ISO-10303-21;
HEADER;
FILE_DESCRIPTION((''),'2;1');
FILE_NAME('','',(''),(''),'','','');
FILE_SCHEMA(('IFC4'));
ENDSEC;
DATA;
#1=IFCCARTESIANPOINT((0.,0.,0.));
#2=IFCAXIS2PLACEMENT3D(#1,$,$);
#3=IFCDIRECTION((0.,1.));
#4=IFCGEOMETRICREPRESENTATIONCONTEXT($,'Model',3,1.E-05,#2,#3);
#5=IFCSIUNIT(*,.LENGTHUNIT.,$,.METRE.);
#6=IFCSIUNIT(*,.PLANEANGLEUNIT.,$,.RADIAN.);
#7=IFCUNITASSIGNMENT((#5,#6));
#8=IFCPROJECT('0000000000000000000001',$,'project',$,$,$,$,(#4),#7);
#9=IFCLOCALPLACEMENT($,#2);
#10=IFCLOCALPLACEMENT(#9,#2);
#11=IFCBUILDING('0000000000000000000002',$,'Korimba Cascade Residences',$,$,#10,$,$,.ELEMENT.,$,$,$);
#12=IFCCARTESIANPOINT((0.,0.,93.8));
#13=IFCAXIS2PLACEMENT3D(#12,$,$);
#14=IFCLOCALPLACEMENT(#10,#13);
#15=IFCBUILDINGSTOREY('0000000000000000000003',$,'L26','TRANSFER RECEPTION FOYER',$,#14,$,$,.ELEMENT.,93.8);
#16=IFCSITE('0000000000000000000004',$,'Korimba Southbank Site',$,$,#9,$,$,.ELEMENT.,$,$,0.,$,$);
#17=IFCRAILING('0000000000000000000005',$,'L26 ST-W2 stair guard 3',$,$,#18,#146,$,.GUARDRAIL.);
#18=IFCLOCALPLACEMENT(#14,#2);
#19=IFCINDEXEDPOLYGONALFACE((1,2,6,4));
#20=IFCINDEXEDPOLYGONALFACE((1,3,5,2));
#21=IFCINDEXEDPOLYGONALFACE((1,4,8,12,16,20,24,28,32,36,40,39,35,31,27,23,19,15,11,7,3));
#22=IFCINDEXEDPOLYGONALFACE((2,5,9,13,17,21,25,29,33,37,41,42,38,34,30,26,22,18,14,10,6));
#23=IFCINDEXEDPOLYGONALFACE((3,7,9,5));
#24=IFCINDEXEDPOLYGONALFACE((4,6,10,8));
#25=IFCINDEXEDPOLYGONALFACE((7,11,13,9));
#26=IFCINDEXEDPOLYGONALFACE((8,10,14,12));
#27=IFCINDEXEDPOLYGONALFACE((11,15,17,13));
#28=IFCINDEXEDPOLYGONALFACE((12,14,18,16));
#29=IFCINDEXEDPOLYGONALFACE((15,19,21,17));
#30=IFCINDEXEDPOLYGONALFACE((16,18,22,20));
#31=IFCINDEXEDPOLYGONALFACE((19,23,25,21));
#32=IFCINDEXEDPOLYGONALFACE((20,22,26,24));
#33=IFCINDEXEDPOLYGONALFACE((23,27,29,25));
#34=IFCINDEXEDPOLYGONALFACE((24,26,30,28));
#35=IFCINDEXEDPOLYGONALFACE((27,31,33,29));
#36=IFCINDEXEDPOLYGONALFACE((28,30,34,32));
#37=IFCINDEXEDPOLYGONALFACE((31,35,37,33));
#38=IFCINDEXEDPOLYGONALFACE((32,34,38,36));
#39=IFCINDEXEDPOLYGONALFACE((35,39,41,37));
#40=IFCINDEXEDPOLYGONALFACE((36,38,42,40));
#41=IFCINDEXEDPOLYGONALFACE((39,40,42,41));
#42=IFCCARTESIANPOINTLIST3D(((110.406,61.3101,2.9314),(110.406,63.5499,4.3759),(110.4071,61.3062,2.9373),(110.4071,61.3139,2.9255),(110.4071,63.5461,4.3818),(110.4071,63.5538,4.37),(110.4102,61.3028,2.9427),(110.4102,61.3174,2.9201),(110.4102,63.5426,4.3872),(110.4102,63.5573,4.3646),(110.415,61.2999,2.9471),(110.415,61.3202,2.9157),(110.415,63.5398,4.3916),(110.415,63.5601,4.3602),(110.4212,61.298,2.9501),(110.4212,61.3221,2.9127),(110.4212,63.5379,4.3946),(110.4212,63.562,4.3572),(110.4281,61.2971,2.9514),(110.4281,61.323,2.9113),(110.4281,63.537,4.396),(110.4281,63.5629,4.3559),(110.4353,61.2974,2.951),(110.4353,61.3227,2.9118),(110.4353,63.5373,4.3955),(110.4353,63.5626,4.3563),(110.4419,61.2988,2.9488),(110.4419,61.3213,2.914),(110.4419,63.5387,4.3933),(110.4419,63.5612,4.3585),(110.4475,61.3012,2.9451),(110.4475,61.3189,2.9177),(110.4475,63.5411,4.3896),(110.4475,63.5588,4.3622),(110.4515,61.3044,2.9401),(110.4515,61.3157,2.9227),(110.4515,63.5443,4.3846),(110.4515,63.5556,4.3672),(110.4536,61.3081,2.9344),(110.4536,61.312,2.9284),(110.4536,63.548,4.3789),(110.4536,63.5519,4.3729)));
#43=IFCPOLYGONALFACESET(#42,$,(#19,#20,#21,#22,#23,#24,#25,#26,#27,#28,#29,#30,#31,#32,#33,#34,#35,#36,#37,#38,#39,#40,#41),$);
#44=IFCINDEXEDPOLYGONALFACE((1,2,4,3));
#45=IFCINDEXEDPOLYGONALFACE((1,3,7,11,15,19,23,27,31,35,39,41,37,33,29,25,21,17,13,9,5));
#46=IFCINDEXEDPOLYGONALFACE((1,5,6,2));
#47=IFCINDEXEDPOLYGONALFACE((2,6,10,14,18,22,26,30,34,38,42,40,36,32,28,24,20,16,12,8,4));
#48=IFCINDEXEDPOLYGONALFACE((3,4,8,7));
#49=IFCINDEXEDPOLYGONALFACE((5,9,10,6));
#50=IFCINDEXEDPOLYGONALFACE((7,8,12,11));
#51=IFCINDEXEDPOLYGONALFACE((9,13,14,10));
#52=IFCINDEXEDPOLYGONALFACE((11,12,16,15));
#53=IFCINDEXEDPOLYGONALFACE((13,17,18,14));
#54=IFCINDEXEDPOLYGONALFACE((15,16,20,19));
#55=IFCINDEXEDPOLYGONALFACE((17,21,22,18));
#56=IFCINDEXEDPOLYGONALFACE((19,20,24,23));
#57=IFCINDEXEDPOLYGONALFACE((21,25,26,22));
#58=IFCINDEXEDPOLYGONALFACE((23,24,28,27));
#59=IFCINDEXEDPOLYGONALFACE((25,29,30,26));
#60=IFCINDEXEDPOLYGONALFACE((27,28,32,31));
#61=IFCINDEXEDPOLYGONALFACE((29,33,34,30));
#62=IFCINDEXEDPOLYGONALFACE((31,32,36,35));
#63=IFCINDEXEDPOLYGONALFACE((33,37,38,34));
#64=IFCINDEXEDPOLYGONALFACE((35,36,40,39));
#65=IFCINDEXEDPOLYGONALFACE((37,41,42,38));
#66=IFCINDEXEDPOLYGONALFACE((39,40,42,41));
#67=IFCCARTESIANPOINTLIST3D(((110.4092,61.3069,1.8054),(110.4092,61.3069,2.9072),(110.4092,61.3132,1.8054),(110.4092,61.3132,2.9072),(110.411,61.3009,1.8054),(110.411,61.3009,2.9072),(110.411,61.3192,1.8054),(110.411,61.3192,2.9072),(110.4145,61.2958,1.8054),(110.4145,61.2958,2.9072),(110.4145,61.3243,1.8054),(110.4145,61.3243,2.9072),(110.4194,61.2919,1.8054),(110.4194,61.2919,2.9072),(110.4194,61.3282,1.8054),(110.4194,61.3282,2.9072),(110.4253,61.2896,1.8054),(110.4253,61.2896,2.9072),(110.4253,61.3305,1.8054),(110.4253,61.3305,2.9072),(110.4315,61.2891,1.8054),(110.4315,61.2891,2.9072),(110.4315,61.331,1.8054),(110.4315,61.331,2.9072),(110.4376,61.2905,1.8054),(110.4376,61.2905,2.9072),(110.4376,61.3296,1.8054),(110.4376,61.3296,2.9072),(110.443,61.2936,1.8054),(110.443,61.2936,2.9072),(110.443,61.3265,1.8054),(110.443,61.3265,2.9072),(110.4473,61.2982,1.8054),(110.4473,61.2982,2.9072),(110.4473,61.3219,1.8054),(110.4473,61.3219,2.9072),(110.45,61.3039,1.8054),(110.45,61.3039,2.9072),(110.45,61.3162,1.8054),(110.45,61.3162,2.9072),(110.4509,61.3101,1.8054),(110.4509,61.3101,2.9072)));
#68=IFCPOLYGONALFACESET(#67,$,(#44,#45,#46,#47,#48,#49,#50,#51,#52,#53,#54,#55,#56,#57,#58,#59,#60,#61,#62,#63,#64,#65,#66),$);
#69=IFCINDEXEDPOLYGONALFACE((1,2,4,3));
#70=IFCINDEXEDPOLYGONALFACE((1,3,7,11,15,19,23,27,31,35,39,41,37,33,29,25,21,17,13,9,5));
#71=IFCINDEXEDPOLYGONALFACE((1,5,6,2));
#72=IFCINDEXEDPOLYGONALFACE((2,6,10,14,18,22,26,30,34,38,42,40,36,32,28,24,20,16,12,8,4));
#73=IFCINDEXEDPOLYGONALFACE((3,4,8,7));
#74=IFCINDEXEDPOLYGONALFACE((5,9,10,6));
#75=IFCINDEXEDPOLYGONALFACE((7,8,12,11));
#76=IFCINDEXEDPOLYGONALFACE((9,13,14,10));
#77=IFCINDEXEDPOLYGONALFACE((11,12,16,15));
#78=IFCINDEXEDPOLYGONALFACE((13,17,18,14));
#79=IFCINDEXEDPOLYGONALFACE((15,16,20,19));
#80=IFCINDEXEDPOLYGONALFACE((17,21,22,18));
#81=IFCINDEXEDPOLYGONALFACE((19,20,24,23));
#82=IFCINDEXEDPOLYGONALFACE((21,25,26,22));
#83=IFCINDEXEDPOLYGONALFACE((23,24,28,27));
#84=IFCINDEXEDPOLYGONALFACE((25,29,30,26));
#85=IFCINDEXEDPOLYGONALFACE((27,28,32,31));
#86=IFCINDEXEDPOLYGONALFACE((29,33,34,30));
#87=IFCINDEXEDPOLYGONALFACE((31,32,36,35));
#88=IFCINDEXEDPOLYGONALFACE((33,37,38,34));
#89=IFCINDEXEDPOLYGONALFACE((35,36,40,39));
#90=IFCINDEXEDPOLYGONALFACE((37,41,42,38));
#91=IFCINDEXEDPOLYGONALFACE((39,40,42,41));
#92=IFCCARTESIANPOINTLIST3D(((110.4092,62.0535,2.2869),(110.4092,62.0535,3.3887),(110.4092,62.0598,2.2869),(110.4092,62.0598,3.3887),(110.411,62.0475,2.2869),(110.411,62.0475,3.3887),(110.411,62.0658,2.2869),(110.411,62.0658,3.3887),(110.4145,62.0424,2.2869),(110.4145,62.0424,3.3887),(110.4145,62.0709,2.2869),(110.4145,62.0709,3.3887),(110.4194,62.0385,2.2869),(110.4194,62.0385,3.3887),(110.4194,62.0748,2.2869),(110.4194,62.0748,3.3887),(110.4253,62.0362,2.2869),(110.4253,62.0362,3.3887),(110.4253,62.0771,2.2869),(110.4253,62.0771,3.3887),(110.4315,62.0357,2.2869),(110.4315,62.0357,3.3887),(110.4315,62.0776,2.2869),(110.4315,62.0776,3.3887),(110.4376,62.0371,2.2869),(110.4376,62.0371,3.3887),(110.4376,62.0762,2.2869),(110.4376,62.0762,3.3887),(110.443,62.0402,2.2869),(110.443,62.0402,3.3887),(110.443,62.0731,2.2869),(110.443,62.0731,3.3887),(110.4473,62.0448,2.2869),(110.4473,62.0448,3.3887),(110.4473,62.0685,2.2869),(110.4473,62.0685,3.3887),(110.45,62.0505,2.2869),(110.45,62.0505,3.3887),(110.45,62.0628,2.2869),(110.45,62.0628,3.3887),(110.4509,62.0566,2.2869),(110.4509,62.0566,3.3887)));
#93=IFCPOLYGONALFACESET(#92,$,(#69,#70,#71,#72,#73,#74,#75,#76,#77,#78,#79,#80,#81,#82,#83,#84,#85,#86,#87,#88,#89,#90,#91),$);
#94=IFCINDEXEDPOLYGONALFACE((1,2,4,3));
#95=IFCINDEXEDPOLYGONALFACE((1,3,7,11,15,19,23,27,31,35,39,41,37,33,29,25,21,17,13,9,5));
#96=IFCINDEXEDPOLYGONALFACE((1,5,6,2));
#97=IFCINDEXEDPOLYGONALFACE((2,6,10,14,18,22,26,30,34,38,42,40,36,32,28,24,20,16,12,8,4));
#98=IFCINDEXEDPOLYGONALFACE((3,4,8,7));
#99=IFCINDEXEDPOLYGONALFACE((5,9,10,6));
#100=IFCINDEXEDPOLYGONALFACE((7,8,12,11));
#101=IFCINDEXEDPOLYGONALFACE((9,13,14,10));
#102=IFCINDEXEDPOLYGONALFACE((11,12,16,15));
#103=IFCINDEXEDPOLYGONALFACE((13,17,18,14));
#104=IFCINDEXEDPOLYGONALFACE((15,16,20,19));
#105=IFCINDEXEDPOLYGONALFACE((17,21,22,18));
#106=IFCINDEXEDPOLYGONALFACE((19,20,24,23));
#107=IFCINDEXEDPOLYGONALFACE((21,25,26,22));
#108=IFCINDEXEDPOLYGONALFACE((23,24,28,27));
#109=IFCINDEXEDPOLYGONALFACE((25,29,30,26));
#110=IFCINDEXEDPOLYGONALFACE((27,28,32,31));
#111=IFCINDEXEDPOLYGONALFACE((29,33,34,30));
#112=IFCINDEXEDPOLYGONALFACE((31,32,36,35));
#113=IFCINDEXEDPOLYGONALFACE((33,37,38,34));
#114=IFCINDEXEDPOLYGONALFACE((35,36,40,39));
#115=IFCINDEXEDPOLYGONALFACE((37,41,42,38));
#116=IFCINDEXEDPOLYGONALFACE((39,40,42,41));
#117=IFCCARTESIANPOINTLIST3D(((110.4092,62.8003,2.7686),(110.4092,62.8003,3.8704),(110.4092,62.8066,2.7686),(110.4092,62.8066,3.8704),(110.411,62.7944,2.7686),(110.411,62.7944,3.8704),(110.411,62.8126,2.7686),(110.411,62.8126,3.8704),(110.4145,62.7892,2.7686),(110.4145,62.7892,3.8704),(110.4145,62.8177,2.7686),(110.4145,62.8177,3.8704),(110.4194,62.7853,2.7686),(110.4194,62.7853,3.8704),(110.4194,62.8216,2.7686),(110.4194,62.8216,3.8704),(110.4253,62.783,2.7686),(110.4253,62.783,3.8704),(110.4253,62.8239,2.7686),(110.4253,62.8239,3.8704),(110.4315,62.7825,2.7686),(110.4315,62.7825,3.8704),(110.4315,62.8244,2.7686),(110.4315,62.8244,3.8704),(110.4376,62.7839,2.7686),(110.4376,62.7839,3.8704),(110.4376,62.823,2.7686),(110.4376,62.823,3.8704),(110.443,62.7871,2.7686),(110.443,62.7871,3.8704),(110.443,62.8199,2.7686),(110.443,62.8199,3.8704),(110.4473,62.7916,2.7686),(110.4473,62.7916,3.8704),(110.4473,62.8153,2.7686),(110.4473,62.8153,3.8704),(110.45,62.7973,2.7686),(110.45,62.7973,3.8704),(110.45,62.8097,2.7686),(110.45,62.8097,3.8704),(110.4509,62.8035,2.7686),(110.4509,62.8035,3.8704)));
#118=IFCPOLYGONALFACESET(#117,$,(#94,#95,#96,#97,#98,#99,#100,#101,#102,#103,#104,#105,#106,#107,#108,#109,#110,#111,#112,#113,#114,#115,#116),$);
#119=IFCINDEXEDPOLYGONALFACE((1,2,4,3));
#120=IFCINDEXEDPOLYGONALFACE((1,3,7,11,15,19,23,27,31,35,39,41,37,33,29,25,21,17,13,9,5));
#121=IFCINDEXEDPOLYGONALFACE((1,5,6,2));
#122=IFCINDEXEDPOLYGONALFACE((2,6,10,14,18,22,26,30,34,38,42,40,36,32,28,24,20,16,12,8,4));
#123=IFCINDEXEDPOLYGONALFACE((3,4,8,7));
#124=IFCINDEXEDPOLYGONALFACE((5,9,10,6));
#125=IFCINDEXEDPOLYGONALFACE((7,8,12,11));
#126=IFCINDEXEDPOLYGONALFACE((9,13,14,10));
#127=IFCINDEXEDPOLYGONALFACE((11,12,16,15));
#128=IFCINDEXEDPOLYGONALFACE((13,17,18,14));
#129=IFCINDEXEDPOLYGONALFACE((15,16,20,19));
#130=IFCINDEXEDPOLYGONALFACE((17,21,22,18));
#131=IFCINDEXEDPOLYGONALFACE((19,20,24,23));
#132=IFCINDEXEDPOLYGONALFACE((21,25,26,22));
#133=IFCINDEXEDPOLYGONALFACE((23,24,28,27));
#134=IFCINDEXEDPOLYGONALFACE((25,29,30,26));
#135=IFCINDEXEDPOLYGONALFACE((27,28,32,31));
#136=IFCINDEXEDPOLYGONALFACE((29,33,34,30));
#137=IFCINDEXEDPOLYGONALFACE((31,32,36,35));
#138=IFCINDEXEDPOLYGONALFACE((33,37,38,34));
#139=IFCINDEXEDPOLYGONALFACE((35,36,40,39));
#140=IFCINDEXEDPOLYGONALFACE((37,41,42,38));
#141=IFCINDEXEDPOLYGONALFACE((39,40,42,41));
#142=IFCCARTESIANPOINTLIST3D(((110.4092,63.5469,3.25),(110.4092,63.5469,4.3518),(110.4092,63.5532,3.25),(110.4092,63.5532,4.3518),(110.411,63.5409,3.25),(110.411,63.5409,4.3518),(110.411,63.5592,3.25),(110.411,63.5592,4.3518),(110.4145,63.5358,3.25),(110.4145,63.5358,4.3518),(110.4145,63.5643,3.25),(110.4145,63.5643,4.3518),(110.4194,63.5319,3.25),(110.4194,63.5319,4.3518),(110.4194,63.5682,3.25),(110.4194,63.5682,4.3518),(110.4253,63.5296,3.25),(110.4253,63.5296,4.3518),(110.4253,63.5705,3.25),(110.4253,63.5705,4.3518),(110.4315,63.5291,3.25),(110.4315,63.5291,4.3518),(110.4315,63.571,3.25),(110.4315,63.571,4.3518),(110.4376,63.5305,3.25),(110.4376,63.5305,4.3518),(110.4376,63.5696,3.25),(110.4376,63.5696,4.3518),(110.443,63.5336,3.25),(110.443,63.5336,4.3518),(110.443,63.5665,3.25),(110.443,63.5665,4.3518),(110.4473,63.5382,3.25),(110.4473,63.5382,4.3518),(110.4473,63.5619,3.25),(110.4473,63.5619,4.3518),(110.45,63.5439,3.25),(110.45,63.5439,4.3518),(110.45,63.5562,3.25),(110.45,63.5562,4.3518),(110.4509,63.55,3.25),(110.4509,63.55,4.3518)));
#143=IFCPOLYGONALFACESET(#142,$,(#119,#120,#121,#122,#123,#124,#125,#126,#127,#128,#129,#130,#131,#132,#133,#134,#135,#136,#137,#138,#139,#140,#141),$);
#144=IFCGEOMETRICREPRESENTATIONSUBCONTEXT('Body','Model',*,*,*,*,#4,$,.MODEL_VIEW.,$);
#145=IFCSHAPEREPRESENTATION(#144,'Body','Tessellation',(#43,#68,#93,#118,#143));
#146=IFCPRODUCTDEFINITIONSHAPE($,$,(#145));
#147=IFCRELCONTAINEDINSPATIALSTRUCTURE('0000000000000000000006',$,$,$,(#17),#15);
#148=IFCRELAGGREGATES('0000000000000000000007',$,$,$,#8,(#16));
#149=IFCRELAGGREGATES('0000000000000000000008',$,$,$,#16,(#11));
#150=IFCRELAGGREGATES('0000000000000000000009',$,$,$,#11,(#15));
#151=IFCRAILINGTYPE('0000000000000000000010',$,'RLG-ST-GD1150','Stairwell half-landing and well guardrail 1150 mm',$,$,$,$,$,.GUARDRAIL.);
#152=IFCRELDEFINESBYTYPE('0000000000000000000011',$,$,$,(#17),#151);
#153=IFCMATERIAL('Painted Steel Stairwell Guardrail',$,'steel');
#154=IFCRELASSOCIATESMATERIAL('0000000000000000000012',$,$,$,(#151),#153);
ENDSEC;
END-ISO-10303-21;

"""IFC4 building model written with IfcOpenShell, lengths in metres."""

from ifc_helpers import new_model, si_unit, direction, frame, origin, origin_2d, place, context, subcontext, project, spatial, circle, extrude, material, type_object, element, save


model = new_model("IFC4")

# Units and contexts
model_context = context("Model", 3, precision=1e-05, world=origin(), true_north=direction((0.0, 1.0)))
body_context = subcontext(model_context, "Body", "Model", "MODEL_VIEW")
ifc_project = project(units=[si_unit("LENGTHUNIT", "METRE"), si_unit("PLANEANGLEUNIT", "RADIAN")], contexts=[model_context])

# Site, building, storey
site_placement = place(None, origin())
site = spatial("IfcSite", under=ifc_project, at=site_placement, Name="Korimba Southbank Site", CompositionType="ELEMENT", RefElevation=0.0)
building_placement = place(site_placement, origin())
building = spatial("IfcBuilding", under=site, at=building_placement, Name="Korimba Cascade Residences", CompositionType="ELEMENT")
storey_placement = place(building_placement, frame((0.0, 0.0, 93.8)))
storey = spatial("IfcBuildingStorey", under=building, at=storey_placement, Name="L26", Description="TRANSFER RECEPTION FOYER", CompositionType="ELEMENT", Elevation=93.8)

# Railing
ifc_material_1 = material(Name="Painted Steel Stairwell Guardrail", Category="steel")
railing_type_1 = type_object("IfcRailingType", Name="RLG-ST-GD1150", Description="Stairwell half-landing and well guardrail 1150 mm", PredefinedType="GUARDRAIL", material=ifc_material_1)
railing_1_placement = place(storey_placement, frame((110.4299, 61.3101, 1.8054)))
element("IfcRailing", 1, at=railing_1_placement, inside=storey, type_object=railing_type_1, Name="L26 ST-W2 stair guard 3", PredefinedType="GUARDRAIL", context=body_context, shape_type="SweptSolid", body=[
    extrude(circle(Radius=0.0239, at=origin_2d()), frame((0.0, 0.0, 1.126), z_axis=(0.0, 0.840395, 0.541975), x_axis=(-1.0, 0.0, 0.0)), (0.0, 0.0, 1.0), 2.6653),
    extrude(circle(Radius=0.021, at=origin_2d()), origin(), (0.0, 0.0, 1.0), 1.1018),
    extrude(circle(Radius=0.021, at=origin_2d()), frame((0.0, 0.7466, 0.4814)), (0.0, 0.0, 1.0), 1.1018),
    extrude(circle(Radius=0.021, at=origin_2d()), frame((0.0, 1.4934, 0.9631)), (0.0, 0.0, 1.0), 1.1018),
    extrude(circle(Radius=0.021, at=origin_2d()), frame((0.0, 2.24, 1.4446)), (0.0, 0.0, 1.0), 1.1018),
])

save(model, "model.ifc")
